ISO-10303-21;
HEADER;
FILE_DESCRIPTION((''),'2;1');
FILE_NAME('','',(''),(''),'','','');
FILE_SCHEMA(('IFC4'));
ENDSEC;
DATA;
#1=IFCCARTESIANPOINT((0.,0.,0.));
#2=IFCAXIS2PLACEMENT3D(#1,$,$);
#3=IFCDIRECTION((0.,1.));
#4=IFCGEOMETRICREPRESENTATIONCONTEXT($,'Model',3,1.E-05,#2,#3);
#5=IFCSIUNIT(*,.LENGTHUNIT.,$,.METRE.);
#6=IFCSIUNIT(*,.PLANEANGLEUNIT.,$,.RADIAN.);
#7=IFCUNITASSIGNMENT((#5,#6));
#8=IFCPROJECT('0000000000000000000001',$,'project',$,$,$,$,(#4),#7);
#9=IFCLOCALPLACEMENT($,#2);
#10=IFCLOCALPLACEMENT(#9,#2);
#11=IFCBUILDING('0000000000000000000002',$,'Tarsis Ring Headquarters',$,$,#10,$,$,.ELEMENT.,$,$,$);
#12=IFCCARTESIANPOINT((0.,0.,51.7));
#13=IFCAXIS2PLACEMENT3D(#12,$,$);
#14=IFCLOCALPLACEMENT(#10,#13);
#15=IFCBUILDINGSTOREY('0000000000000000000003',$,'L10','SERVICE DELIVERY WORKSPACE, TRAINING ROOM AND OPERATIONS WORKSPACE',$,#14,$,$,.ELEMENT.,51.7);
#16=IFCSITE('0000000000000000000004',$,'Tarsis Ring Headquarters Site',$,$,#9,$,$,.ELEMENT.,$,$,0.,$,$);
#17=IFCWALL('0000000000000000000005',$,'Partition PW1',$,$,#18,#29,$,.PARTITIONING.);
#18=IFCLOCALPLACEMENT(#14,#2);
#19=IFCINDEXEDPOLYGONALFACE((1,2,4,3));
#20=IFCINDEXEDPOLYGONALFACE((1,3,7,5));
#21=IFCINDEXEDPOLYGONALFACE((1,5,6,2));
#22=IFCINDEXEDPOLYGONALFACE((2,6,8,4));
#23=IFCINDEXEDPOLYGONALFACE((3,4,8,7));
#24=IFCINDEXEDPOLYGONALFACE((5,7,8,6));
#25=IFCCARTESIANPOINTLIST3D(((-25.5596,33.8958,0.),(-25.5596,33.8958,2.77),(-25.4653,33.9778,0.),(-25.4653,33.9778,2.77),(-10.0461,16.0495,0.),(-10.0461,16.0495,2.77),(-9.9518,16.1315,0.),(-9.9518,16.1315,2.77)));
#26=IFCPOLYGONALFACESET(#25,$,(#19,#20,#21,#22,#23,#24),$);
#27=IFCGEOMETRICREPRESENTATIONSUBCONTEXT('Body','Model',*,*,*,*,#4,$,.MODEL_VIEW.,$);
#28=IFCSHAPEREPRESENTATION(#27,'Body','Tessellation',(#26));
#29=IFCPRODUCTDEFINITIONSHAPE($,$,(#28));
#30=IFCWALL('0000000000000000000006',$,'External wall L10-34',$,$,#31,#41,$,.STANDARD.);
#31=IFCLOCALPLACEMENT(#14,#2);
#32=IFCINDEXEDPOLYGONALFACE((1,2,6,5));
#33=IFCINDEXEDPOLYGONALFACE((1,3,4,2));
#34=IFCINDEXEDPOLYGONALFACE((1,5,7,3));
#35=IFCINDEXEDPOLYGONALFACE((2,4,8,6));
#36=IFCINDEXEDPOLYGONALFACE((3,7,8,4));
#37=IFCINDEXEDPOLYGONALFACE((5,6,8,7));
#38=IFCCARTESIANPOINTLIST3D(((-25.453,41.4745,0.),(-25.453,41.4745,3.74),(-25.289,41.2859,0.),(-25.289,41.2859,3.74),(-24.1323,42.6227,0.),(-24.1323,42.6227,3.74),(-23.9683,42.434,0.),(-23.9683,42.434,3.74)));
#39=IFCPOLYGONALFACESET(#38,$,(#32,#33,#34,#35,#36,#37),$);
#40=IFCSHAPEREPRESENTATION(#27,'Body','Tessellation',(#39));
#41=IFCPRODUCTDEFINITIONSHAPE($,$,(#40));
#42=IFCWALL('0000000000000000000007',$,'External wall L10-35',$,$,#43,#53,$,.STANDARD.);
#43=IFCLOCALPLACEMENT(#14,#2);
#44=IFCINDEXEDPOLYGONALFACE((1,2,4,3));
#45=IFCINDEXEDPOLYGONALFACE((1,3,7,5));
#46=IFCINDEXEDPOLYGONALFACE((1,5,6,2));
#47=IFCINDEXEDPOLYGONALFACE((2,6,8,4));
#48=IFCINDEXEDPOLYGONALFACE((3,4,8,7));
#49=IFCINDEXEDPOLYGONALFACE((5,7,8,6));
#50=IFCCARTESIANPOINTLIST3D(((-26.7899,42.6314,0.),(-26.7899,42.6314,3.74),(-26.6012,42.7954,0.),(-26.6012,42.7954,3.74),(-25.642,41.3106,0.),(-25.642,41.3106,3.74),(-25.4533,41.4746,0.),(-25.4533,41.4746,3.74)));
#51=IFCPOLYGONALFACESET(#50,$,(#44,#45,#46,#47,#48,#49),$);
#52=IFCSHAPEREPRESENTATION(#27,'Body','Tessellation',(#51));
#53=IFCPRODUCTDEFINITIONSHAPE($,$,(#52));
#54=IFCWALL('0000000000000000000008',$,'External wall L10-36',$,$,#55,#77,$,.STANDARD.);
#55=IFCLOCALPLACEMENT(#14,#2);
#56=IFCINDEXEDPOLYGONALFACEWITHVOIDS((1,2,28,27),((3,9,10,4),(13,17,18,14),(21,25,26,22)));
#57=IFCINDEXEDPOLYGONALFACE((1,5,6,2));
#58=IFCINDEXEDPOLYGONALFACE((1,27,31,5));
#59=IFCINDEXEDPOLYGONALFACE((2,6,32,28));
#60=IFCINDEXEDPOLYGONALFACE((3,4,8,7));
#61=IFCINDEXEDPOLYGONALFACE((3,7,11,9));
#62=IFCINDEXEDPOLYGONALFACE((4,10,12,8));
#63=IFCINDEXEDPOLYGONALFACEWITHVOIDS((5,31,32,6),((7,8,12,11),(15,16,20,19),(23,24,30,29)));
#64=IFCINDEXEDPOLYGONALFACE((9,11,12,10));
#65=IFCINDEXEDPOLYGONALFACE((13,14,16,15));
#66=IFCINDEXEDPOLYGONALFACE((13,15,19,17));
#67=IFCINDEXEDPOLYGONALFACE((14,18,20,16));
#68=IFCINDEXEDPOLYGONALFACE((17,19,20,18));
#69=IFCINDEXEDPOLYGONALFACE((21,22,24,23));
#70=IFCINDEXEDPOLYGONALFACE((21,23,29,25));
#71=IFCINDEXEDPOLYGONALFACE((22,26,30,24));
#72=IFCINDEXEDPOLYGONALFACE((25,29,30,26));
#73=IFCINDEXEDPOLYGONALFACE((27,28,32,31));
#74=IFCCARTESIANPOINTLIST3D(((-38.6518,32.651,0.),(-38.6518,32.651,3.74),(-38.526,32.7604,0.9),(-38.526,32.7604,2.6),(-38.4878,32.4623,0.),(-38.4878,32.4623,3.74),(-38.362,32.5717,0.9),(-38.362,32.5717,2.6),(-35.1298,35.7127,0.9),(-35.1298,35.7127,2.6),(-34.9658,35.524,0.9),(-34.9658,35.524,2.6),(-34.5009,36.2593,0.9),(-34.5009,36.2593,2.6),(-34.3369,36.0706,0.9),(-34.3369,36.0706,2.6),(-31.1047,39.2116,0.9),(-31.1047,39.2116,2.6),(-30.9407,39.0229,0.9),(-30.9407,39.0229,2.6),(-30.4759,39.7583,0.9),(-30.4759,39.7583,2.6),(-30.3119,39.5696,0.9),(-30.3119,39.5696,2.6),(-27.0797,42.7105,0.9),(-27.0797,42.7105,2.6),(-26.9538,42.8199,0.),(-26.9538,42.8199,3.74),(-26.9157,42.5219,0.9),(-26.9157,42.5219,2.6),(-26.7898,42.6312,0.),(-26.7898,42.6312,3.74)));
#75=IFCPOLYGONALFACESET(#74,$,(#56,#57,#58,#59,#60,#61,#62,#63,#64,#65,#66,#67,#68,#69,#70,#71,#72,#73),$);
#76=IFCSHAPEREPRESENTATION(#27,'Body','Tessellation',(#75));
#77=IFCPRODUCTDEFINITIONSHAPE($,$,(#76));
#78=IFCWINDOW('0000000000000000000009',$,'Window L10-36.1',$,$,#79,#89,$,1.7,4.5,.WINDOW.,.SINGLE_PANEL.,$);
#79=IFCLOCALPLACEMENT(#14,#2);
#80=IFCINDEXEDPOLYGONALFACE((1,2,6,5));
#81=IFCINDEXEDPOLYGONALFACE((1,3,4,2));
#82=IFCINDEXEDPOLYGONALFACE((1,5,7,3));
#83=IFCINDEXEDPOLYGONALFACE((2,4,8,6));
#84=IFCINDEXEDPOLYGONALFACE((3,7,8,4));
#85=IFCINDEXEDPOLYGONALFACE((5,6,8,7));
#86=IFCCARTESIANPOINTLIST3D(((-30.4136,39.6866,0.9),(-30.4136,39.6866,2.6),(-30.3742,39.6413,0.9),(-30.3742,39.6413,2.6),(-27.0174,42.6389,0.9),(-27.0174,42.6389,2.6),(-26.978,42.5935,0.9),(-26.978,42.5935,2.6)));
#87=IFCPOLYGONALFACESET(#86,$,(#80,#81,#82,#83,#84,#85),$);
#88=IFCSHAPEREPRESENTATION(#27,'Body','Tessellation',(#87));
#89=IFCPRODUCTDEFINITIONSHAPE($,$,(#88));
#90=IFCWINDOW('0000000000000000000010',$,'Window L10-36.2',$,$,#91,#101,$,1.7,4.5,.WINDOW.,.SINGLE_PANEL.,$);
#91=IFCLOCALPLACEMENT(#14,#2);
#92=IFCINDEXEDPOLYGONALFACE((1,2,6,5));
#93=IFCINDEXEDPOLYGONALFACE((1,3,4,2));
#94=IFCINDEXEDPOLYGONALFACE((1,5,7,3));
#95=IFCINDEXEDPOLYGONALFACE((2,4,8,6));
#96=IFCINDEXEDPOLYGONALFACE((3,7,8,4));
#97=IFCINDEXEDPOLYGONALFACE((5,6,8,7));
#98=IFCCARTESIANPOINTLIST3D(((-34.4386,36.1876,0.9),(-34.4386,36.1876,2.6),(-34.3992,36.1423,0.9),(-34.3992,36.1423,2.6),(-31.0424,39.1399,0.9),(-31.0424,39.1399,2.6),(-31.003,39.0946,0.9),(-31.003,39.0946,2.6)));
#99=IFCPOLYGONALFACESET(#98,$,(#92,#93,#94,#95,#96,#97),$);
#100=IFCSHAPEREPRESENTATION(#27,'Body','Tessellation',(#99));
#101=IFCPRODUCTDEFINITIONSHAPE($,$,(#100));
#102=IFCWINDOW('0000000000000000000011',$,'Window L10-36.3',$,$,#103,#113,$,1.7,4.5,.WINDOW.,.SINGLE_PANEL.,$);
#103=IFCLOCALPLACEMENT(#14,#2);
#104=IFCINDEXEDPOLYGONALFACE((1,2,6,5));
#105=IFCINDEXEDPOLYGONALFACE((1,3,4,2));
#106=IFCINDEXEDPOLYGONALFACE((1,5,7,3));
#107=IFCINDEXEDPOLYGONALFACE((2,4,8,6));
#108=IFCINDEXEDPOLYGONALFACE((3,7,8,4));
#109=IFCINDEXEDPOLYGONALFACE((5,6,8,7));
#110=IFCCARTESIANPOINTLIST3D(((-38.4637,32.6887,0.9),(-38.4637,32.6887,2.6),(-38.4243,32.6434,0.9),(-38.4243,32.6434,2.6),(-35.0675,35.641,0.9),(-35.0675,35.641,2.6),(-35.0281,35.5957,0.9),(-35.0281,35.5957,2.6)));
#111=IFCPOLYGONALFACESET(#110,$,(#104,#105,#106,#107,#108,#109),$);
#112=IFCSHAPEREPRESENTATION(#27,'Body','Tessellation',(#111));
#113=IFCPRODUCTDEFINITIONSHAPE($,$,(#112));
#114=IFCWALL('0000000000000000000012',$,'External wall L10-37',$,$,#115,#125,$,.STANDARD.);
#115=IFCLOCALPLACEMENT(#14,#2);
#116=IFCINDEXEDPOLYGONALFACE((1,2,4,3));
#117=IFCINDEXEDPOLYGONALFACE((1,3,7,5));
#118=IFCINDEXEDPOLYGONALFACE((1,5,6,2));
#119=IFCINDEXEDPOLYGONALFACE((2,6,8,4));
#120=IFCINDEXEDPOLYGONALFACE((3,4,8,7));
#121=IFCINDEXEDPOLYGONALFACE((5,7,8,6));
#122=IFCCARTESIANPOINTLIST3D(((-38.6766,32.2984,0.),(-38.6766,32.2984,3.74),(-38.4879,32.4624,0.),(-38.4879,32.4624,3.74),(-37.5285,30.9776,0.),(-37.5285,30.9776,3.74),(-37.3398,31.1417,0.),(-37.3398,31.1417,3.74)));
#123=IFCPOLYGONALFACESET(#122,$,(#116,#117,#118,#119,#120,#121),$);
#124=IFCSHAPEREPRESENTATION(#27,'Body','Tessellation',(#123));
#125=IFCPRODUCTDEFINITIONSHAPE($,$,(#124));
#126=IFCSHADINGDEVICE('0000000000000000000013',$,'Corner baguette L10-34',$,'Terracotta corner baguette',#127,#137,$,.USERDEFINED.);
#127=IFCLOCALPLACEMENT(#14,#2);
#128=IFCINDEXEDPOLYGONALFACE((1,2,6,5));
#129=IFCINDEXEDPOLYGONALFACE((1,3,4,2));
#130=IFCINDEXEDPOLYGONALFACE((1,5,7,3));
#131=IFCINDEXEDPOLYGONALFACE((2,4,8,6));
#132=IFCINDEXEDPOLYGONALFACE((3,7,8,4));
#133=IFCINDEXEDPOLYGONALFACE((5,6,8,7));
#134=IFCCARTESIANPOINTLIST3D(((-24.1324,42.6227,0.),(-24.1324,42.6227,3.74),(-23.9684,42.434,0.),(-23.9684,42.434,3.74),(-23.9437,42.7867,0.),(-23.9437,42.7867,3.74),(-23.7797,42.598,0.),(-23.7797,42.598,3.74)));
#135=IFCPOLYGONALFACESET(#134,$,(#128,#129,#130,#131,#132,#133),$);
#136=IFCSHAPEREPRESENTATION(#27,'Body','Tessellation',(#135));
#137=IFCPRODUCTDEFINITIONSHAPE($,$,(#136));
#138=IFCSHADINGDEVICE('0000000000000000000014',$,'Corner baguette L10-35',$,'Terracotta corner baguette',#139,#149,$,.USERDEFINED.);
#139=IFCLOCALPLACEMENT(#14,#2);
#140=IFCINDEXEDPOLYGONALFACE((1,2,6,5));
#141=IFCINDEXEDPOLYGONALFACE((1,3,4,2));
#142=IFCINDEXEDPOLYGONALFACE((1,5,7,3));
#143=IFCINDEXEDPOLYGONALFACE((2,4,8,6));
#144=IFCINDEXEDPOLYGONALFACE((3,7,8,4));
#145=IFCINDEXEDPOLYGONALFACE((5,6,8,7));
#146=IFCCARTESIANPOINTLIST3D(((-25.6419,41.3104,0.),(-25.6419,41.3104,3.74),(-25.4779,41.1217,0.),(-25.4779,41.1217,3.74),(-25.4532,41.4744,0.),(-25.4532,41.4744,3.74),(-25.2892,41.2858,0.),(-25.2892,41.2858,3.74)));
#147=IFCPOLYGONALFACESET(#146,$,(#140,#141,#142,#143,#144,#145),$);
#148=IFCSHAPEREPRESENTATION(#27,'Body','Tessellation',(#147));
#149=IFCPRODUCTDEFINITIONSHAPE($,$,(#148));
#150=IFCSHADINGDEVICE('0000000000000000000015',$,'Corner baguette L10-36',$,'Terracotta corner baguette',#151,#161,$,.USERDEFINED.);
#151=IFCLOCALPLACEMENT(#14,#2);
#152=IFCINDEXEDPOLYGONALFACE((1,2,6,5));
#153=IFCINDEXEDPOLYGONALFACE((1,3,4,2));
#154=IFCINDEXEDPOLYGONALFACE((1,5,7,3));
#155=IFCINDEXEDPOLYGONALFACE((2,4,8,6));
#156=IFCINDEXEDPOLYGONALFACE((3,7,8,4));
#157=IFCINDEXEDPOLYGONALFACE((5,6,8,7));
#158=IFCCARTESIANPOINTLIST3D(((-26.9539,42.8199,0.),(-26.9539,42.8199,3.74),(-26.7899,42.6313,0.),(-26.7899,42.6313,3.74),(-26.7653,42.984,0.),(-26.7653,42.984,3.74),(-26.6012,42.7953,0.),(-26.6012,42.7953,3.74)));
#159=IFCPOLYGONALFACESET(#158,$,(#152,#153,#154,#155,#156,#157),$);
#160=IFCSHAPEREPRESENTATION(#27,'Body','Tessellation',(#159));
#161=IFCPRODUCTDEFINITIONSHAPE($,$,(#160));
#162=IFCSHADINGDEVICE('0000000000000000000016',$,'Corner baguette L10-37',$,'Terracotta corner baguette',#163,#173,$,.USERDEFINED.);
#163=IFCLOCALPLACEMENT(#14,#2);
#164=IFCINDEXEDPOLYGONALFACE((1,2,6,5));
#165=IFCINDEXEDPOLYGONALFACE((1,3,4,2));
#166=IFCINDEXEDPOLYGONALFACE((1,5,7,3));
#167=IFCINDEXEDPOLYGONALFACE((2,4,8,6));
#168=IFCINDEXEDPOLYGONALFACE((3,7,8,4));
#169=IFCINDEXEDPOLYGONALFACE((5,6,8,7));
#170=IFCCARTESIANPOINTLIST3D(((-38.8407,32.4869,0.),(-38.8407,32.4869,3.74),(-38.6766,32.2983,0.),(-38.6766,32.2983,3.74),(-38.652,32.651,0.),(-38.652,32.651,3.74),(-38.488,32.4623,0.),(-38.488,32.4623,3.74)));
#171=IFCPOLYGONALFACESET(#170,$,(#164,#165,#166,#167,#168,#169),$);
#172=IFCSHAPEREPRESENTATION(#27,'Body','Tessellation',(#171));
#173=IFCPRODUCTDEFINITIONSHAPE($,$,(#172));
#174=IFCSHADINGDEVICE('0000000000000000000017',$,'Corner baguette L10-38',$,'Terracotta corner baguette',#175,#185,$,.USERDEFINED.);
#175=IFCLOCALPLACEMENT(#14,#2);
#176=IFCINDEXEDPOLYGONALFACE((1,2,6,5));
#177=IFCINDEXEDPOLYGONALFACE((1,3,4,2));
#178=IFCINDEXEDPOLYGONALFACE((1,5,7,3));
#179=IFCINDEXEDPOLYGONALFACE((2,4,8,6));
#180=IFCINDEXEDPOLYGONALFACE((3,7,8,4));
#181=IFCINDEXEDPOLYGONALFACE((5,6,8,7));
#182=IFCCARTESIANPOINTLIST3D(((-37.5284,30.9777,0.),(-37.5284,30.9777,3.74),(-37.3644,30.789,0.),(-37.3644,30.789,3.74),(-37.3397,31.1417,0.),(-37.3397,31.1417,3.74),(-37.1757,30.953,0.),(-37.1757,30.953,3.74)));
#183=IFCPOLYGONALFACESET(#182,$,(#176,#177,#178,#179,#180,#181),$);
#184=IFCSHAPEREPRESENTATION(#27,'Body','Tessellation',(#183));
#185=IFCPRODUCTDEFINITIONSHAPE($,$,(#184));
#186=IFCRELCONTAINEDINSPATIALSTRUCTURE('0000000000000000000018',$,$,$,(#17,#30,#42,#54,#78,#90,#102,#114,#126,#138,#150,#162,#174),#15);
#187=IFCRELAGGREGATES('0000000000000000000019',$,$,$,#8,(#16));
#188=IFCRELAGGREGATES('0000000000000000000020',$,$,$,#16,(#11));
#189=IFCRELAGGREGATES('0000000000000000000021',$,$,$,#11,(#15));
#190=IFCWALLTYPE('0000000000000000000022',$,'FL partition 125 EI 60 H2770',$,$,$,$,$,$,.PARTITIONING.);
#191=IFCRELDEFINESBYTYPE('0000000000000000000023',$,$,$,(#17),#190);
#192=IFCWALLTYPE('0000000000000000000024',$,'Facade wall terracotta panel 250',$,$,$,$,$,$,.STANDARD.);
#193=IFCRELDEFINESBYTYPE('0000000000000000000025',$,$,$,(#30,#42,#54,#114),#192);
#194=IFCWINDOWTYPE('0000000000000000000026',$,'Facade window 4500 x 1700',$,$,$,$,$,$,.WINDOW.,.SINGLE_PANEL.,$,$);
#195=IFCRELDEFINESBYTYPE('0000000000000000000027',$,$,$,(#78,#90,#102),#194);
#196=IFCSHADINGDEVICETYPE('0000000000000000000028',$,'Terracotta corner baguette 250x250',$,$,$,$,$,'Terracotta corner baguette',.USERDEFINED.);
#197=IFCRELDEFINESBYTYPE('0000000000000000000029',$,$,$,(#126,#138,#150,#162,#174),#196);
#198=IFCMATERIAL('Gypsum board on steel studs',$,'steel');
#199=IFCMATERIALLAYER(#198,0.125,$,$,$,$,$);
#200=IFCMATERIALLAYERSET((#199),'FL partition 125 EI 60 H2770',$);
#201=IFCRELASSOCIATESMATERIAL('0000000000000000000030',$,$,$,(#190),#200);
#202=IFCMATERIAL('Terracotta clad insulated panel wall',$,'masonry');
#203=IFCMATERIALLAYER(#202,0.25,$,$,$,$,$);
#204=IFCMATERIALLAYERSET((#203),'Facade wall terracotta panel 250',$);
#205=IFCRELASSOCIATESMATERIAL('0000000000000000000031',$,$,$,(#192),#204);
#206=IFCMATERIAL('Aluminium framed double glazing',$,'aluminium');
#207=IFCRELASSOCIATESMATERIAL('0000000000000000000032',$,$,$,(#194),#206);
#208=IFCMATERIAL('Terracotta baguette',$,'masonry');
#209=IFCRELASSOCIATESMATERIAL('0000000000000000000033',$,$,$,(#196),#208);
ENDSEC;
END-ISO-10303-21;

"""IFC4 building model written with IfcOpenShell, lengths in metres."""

from ifc_helpers import new_model, si_unit, direction, frame, frame_2d, origin, origin_2d, place, context, subcontext, project, spatial, rectangle, extrude, material, layer, layer_set, type_object, element, fill, save


model = new_model("IFC4")

# Units and contexts
model_context = context("Model", 3, precision=1e-05, world=origin(), true_north=direction((0.0, 1.0)))
body_context = subcontext(model_context, "Body", "Model", "MODEL_VIEW")
ifc_project = project(units=[si_unit("LENGTHUNIT", "METRE"), si_unit("PLANEANGLEUNIT", "RADIAN")], contexts=[model_context])

# Site, building, storey
site_placement = place(None, origin())
site = spatial("IfcSite", under=ifc_project, at=site_placement, Name="Tarsis Ring Headquarters Site", CompositionType="ELEMENT", RefElevation=0.0)
building_placement = place(site_placement, origin())
building = spatial("IfcBuilding", under=site, at=building_placement, Name="Tarsis Ring Headquarters", CompositionType="ELEMENT")
storey_placement = place(building_placement, frame((0.0, 0.0, 51.7)))
storey = spatial("IfcBuildingStorey", under=building, at=storey_placement, Name="L10", Description="SERVICE DELIVERY WORKSPACE, TRAINING ROOM AND OPERATIONS WORKSPACE", CompositionType="ELEMENT", Elevation=51.7)

# Shared definitions
ifc_material_1 = material(Name="Gypsum board on steel studs", Category="steel")

# Shared definitions
ifc_layer_1 = layer(ifc_material_1, 0.125)
ifc_layer_set_1 = layer_set([ifc_layer_1], Name="FL partition 125 EI 60 H2770")
wall_type_1 = type_object("IfcWallType", Name="FL partition 125 EI 60 H2770", PredefinedType="PARTITIONING", material=ifc_layer_set_1)

# Walls
wall_1_placement = place(storey_placement, frame((-25.5125, 33.9368, 0.0), z_axis=(0.0, 0.0, 1.0), x_axis=(0.656058, -0.75471, 0.0)))
element("IfcWall", 1, at=wall_1_placement, inside=storey, type_object=wall_type_1, Name="Partition PW1", PredefinedType="PARTITIONING", context=body_context, shape_type="SweptSolid", body=[
    extrude(rectangle(XDim=23.6465, YDim=0.125, at=frame_2d((11.8232, 0.0))), origin(), (0.0, 0.0, 1.0), 2.77),
])
ifc_material_2 = material(Name="Terracotta clad insulated panel wall", Category="masonry")
ifc_layer_2 = layer(ifc_material_2, 0.25)
ifc_layer_set_2 = layer_set([ifc_layer_2], Name="Facade wall terracotta panel 250")
wall_type_2 = type_object("IfcWallType", Name="Facade wall terracotta panel 250", PredefinedType="STANDARD", material=ifc_layer_set_2)
for number, where, z_axis, x_axis, name in (
    (2, (-24.0503, 42.5283, 0.0), (0.0, 0.0, 1.0), (-0.754699, -0.656072, 0.0), "External wall L10-34"),
    (3, (-25.5476, 41.3926, 0.0), (0.0, 0.0, 1.0), (-0.655992, 0.754768, 0.0), "External wall L10-35"),
):
    element("IfcWall", number, at=place(storey_placement, frame(where, z_axis=z_axis, x_axis=x_axis)), inside=storey, type_object=wall_type_2, Name=name, PredefinedType="STANDARD", context=body_context, shape_type="SweptSolid", body=[
        extrude(rectangle(XDim=1.75, YDim=0.25, at=frame_2d((0.875, 0.0))), origin(), (0.0, 0.0, 1.0), 3.74),
    ])

# Wall, openings, windows
wall_2_placement = place(storey_placement, frame((-26.8718, 42.7256, 0.0), z_axis=(0.0, 0.0, 1.0), x_axis=(-0.754709, -0.65606, 0.0)))
wall_2 = element("IfcWall", 4, at=wall_2_placement, inside=storey, type_object=wall_type_2, Name="External wall L10-36", PredefinedType="STANDARD", context=body_context, shape_type="SweptSolid", body=[
    extrude(rectangle(XDim=15.5, YDim=0.25, at=frame_2d((7.75, 0.0))), origin(), (0.0, 0.0, 1.0), 3.74),
])
opening_1_placement = place(wall_2_placement, frame((0.1667, 0.0, 0.8999)))
opening_1 = element("IfcOpeningElement", 5, at=opening_1_placement, cuts=wall_2, PredefinedType="OPENING", context=body_context, shape_type="SweptSolid", body=[
    extrude(rectangle(XDim=4.5, YDim=1.7, at=frame_2d((2.25, 0.8501))), frame((0.0, 0.135, 0.0), z_axis=(0.0, -1.0, 0.0), x_axis=(1.0, 0.0, 0.0)), (0.0, 0.0, 1.0), 0.27),
])
opening_2_placement = place(wall_2_placement, frame((5.5, 0.0, 0.8999)))
opening_2 = element("IfcOpeningElement", 6, at=opening_2_placement, cuts=wall_2, PredefinedType="OPENING", context=body_context, shape_type="SweptSolid", body=[
    extrude(rectangle(XDim=4.5, YDim=1.7, at=frame_2d((2.25, 0.8501))), frame((0.0, 0.135, 0.0), z_axis=(0.0, -1.0, 0.0), x_axis=(1.0, 0.0, 0.0)), (0.0, 0.0, 1.0), 0.27),
])
opening_3_placement = place(wall_2_placement, frame((10.8333, 0.0, 0.8999)))
opening_3 = element("IfcOpeningElement", 7, at=opening_3_placement, cuts=wall_2, PredefinedType="OPENING", context=body_context, shape_type="SweptSolid", body=[
    extrude(rectangle(XDim=4.5, YDim=1.7, at=frame_2d((2.25, 0.8501))), frame((0.0, 0.135, 0.0), z_axis=(0.0, -1.0, 0.0), x_axis=(1.0, 0.0, 0.0)), (0.0, 0.0, 1.0), 0.27),
])
ifc_material_3 = material(Name="Aluminium framed double glazing", Category="aluminium")
window_type = type_object("IfcWindowType", Name="Facade window 4500 x 1700", PartitioningType="SINGLE_PANEL", PredefinedType="WINDOW", material=ifc_material_3)
window_1_placement = place(opening_1_placement, origin())
window_1 = element("IfcWindow", 8, at=window_1_placement, inside=storey, type_object=window_type, Name="Window L10-36.1", OverallHeight=1.7, OverallWidth=4.5, PartitioningType="SINGLE_PANEL", PredefinedType="WINDOW", context=body_context, shape_type="SweptSolid", body=[
    extrude(rectangle(XDim=4.5, YDim=1.7, at=frame_2d((2.25, 0.8501))), frame((0.0, 0.03, 0.0), z_axis=(0.0, -1.0, 0.0), x_axis=(1.0, 0.0, 0.0)), (0.0, 0.0, 1.0), 0.0601),
])
fill(opening_1, window_1)
window_2_placement = place(opening_2_placement, origin())
window_2 = element("IfcWindow", 9, at=window_2_placement, inside=storey, type_object=window_type, Name="Window L10-36.2", OverallHeight=1.7, OverallWidth=4.5, PartitioningType="SINGLE_PANEL", PredefinedType="WINDOW", context=body_context, shape_type="SweptSolid", body=[
    extrude(rectangle(XDim=4.5, YDim=1.7, at=frame_2d((2.25, 0.8501))), frame((0.0, 0.03, 0.0), z_axis=(0.0, -1.0, 0.0), x_axis=(1.0, 0.0, 0.0)), (0.0, 0.0, 1.0), 0.0601),
])
fill(opening_2, window_2)
window_3_placement = place(opening_3_placement, origin())
window_3 = element("IfcWindow", 10, at=window_3_placement, inside=storey, type_object=window_type, Name="Window L10-36.3", OverallHeight=1.7, OverallWidth=4.5, PartitioningType="SINGLE_PANEL", PredefinedType="WINDOW", context=body_context, shape_type="SweptSolid", body=[
    extrude(rectangle(XDim=4.5, YDim=1.7, at=frame_2d((2.25, 0.8501))), frame((0.0, 0.03, 0.0), z_axis=(0.0, -1.0, 0.0), x_axis=(1.0, 0.0, 0.0)), (0.0, 0.0, 1.0), 0.0601),
])
fill(opening_3, window_3)

# Wall
wall_3_placement = place(storey_placement, frame((-38.5823, 32.3804, 0.0), z_axis=(0.0, 0.0, 1.0), x_axis=(0.656072, -0.754699, 0.0)))
element("IfcWall", 11, at=wall_3_placement, inside=storey, type_object=wall_type_2, Name="External wall L10-37", PredefinedType="STANDARD", context=body_context, shape_type="SweptSolid", body=[
    extrude(rectangle(XDim=1.75, YDim=0.25, at=frame_2d((0.875, 0.0))), origin(), (0.0, 0.0, 1.0), 3.74),
])

# Shading devices
ifc_material_4 = material(Name="Terracotta baguette", Category="masonry")
shading_device_type_1 = type_object("IfcShadingDeviceType", Name="Terracotta corner baguette 250x250", ElementType="Terracotta corner baguette", PredefinedType="USERDEFINED", material=ifc_material_4)
for number, where, z_axis, x_axis, name in (
    (12, (-23.9561, 42.6104, 0.0), (0.0, 0.0, 1.0), (-0.656059, 0.75471, 0.0), "Corner baguette L10-34"),
    (13, (-25.4656, 41.2981, 0.0), (0.0, 0.0, 1.0), (-0.75471, -0.656059, 0.0), "Corner baguette L10-35"),
    (14, (-26.7776, 42.8076, 0.0), (0.0, 0.0, 1.0), (-0.656059, 0.75471, 0.0), "Corner baguette L10-36"),
    (15, (-38.6643, 32.4746, 0.0), (0.0, 0.0, 1.0), (-0.75471, -0.656059, 0.0), "Corner baguette L10-37"),
    (16, (-37.3521, 30.9653, 0.0), (0.0, 0.0, 1.0), (0.656059, -0.75471, 0.0), "Corner baguette L10-38"),
):
    element("IfcShadingDevice", number, at=place(storey_placement, frame(where, z_axis=z_axis, x_axis=x_axis)), inside=storey, type_object=shading_device_type_1, Name=name, ObjectType="Terracotta corner baguette", PredefinedType="USERDEFINED", context=body_context, shape_type="SweptSolid", body=[
        extrude(rectangle(XDim=0.25, YDim=0.25, at=origin_2d()), origin(), (0.0, 0.0, 1.0), 3.74),
    ])

save(model, "model.ifc")
